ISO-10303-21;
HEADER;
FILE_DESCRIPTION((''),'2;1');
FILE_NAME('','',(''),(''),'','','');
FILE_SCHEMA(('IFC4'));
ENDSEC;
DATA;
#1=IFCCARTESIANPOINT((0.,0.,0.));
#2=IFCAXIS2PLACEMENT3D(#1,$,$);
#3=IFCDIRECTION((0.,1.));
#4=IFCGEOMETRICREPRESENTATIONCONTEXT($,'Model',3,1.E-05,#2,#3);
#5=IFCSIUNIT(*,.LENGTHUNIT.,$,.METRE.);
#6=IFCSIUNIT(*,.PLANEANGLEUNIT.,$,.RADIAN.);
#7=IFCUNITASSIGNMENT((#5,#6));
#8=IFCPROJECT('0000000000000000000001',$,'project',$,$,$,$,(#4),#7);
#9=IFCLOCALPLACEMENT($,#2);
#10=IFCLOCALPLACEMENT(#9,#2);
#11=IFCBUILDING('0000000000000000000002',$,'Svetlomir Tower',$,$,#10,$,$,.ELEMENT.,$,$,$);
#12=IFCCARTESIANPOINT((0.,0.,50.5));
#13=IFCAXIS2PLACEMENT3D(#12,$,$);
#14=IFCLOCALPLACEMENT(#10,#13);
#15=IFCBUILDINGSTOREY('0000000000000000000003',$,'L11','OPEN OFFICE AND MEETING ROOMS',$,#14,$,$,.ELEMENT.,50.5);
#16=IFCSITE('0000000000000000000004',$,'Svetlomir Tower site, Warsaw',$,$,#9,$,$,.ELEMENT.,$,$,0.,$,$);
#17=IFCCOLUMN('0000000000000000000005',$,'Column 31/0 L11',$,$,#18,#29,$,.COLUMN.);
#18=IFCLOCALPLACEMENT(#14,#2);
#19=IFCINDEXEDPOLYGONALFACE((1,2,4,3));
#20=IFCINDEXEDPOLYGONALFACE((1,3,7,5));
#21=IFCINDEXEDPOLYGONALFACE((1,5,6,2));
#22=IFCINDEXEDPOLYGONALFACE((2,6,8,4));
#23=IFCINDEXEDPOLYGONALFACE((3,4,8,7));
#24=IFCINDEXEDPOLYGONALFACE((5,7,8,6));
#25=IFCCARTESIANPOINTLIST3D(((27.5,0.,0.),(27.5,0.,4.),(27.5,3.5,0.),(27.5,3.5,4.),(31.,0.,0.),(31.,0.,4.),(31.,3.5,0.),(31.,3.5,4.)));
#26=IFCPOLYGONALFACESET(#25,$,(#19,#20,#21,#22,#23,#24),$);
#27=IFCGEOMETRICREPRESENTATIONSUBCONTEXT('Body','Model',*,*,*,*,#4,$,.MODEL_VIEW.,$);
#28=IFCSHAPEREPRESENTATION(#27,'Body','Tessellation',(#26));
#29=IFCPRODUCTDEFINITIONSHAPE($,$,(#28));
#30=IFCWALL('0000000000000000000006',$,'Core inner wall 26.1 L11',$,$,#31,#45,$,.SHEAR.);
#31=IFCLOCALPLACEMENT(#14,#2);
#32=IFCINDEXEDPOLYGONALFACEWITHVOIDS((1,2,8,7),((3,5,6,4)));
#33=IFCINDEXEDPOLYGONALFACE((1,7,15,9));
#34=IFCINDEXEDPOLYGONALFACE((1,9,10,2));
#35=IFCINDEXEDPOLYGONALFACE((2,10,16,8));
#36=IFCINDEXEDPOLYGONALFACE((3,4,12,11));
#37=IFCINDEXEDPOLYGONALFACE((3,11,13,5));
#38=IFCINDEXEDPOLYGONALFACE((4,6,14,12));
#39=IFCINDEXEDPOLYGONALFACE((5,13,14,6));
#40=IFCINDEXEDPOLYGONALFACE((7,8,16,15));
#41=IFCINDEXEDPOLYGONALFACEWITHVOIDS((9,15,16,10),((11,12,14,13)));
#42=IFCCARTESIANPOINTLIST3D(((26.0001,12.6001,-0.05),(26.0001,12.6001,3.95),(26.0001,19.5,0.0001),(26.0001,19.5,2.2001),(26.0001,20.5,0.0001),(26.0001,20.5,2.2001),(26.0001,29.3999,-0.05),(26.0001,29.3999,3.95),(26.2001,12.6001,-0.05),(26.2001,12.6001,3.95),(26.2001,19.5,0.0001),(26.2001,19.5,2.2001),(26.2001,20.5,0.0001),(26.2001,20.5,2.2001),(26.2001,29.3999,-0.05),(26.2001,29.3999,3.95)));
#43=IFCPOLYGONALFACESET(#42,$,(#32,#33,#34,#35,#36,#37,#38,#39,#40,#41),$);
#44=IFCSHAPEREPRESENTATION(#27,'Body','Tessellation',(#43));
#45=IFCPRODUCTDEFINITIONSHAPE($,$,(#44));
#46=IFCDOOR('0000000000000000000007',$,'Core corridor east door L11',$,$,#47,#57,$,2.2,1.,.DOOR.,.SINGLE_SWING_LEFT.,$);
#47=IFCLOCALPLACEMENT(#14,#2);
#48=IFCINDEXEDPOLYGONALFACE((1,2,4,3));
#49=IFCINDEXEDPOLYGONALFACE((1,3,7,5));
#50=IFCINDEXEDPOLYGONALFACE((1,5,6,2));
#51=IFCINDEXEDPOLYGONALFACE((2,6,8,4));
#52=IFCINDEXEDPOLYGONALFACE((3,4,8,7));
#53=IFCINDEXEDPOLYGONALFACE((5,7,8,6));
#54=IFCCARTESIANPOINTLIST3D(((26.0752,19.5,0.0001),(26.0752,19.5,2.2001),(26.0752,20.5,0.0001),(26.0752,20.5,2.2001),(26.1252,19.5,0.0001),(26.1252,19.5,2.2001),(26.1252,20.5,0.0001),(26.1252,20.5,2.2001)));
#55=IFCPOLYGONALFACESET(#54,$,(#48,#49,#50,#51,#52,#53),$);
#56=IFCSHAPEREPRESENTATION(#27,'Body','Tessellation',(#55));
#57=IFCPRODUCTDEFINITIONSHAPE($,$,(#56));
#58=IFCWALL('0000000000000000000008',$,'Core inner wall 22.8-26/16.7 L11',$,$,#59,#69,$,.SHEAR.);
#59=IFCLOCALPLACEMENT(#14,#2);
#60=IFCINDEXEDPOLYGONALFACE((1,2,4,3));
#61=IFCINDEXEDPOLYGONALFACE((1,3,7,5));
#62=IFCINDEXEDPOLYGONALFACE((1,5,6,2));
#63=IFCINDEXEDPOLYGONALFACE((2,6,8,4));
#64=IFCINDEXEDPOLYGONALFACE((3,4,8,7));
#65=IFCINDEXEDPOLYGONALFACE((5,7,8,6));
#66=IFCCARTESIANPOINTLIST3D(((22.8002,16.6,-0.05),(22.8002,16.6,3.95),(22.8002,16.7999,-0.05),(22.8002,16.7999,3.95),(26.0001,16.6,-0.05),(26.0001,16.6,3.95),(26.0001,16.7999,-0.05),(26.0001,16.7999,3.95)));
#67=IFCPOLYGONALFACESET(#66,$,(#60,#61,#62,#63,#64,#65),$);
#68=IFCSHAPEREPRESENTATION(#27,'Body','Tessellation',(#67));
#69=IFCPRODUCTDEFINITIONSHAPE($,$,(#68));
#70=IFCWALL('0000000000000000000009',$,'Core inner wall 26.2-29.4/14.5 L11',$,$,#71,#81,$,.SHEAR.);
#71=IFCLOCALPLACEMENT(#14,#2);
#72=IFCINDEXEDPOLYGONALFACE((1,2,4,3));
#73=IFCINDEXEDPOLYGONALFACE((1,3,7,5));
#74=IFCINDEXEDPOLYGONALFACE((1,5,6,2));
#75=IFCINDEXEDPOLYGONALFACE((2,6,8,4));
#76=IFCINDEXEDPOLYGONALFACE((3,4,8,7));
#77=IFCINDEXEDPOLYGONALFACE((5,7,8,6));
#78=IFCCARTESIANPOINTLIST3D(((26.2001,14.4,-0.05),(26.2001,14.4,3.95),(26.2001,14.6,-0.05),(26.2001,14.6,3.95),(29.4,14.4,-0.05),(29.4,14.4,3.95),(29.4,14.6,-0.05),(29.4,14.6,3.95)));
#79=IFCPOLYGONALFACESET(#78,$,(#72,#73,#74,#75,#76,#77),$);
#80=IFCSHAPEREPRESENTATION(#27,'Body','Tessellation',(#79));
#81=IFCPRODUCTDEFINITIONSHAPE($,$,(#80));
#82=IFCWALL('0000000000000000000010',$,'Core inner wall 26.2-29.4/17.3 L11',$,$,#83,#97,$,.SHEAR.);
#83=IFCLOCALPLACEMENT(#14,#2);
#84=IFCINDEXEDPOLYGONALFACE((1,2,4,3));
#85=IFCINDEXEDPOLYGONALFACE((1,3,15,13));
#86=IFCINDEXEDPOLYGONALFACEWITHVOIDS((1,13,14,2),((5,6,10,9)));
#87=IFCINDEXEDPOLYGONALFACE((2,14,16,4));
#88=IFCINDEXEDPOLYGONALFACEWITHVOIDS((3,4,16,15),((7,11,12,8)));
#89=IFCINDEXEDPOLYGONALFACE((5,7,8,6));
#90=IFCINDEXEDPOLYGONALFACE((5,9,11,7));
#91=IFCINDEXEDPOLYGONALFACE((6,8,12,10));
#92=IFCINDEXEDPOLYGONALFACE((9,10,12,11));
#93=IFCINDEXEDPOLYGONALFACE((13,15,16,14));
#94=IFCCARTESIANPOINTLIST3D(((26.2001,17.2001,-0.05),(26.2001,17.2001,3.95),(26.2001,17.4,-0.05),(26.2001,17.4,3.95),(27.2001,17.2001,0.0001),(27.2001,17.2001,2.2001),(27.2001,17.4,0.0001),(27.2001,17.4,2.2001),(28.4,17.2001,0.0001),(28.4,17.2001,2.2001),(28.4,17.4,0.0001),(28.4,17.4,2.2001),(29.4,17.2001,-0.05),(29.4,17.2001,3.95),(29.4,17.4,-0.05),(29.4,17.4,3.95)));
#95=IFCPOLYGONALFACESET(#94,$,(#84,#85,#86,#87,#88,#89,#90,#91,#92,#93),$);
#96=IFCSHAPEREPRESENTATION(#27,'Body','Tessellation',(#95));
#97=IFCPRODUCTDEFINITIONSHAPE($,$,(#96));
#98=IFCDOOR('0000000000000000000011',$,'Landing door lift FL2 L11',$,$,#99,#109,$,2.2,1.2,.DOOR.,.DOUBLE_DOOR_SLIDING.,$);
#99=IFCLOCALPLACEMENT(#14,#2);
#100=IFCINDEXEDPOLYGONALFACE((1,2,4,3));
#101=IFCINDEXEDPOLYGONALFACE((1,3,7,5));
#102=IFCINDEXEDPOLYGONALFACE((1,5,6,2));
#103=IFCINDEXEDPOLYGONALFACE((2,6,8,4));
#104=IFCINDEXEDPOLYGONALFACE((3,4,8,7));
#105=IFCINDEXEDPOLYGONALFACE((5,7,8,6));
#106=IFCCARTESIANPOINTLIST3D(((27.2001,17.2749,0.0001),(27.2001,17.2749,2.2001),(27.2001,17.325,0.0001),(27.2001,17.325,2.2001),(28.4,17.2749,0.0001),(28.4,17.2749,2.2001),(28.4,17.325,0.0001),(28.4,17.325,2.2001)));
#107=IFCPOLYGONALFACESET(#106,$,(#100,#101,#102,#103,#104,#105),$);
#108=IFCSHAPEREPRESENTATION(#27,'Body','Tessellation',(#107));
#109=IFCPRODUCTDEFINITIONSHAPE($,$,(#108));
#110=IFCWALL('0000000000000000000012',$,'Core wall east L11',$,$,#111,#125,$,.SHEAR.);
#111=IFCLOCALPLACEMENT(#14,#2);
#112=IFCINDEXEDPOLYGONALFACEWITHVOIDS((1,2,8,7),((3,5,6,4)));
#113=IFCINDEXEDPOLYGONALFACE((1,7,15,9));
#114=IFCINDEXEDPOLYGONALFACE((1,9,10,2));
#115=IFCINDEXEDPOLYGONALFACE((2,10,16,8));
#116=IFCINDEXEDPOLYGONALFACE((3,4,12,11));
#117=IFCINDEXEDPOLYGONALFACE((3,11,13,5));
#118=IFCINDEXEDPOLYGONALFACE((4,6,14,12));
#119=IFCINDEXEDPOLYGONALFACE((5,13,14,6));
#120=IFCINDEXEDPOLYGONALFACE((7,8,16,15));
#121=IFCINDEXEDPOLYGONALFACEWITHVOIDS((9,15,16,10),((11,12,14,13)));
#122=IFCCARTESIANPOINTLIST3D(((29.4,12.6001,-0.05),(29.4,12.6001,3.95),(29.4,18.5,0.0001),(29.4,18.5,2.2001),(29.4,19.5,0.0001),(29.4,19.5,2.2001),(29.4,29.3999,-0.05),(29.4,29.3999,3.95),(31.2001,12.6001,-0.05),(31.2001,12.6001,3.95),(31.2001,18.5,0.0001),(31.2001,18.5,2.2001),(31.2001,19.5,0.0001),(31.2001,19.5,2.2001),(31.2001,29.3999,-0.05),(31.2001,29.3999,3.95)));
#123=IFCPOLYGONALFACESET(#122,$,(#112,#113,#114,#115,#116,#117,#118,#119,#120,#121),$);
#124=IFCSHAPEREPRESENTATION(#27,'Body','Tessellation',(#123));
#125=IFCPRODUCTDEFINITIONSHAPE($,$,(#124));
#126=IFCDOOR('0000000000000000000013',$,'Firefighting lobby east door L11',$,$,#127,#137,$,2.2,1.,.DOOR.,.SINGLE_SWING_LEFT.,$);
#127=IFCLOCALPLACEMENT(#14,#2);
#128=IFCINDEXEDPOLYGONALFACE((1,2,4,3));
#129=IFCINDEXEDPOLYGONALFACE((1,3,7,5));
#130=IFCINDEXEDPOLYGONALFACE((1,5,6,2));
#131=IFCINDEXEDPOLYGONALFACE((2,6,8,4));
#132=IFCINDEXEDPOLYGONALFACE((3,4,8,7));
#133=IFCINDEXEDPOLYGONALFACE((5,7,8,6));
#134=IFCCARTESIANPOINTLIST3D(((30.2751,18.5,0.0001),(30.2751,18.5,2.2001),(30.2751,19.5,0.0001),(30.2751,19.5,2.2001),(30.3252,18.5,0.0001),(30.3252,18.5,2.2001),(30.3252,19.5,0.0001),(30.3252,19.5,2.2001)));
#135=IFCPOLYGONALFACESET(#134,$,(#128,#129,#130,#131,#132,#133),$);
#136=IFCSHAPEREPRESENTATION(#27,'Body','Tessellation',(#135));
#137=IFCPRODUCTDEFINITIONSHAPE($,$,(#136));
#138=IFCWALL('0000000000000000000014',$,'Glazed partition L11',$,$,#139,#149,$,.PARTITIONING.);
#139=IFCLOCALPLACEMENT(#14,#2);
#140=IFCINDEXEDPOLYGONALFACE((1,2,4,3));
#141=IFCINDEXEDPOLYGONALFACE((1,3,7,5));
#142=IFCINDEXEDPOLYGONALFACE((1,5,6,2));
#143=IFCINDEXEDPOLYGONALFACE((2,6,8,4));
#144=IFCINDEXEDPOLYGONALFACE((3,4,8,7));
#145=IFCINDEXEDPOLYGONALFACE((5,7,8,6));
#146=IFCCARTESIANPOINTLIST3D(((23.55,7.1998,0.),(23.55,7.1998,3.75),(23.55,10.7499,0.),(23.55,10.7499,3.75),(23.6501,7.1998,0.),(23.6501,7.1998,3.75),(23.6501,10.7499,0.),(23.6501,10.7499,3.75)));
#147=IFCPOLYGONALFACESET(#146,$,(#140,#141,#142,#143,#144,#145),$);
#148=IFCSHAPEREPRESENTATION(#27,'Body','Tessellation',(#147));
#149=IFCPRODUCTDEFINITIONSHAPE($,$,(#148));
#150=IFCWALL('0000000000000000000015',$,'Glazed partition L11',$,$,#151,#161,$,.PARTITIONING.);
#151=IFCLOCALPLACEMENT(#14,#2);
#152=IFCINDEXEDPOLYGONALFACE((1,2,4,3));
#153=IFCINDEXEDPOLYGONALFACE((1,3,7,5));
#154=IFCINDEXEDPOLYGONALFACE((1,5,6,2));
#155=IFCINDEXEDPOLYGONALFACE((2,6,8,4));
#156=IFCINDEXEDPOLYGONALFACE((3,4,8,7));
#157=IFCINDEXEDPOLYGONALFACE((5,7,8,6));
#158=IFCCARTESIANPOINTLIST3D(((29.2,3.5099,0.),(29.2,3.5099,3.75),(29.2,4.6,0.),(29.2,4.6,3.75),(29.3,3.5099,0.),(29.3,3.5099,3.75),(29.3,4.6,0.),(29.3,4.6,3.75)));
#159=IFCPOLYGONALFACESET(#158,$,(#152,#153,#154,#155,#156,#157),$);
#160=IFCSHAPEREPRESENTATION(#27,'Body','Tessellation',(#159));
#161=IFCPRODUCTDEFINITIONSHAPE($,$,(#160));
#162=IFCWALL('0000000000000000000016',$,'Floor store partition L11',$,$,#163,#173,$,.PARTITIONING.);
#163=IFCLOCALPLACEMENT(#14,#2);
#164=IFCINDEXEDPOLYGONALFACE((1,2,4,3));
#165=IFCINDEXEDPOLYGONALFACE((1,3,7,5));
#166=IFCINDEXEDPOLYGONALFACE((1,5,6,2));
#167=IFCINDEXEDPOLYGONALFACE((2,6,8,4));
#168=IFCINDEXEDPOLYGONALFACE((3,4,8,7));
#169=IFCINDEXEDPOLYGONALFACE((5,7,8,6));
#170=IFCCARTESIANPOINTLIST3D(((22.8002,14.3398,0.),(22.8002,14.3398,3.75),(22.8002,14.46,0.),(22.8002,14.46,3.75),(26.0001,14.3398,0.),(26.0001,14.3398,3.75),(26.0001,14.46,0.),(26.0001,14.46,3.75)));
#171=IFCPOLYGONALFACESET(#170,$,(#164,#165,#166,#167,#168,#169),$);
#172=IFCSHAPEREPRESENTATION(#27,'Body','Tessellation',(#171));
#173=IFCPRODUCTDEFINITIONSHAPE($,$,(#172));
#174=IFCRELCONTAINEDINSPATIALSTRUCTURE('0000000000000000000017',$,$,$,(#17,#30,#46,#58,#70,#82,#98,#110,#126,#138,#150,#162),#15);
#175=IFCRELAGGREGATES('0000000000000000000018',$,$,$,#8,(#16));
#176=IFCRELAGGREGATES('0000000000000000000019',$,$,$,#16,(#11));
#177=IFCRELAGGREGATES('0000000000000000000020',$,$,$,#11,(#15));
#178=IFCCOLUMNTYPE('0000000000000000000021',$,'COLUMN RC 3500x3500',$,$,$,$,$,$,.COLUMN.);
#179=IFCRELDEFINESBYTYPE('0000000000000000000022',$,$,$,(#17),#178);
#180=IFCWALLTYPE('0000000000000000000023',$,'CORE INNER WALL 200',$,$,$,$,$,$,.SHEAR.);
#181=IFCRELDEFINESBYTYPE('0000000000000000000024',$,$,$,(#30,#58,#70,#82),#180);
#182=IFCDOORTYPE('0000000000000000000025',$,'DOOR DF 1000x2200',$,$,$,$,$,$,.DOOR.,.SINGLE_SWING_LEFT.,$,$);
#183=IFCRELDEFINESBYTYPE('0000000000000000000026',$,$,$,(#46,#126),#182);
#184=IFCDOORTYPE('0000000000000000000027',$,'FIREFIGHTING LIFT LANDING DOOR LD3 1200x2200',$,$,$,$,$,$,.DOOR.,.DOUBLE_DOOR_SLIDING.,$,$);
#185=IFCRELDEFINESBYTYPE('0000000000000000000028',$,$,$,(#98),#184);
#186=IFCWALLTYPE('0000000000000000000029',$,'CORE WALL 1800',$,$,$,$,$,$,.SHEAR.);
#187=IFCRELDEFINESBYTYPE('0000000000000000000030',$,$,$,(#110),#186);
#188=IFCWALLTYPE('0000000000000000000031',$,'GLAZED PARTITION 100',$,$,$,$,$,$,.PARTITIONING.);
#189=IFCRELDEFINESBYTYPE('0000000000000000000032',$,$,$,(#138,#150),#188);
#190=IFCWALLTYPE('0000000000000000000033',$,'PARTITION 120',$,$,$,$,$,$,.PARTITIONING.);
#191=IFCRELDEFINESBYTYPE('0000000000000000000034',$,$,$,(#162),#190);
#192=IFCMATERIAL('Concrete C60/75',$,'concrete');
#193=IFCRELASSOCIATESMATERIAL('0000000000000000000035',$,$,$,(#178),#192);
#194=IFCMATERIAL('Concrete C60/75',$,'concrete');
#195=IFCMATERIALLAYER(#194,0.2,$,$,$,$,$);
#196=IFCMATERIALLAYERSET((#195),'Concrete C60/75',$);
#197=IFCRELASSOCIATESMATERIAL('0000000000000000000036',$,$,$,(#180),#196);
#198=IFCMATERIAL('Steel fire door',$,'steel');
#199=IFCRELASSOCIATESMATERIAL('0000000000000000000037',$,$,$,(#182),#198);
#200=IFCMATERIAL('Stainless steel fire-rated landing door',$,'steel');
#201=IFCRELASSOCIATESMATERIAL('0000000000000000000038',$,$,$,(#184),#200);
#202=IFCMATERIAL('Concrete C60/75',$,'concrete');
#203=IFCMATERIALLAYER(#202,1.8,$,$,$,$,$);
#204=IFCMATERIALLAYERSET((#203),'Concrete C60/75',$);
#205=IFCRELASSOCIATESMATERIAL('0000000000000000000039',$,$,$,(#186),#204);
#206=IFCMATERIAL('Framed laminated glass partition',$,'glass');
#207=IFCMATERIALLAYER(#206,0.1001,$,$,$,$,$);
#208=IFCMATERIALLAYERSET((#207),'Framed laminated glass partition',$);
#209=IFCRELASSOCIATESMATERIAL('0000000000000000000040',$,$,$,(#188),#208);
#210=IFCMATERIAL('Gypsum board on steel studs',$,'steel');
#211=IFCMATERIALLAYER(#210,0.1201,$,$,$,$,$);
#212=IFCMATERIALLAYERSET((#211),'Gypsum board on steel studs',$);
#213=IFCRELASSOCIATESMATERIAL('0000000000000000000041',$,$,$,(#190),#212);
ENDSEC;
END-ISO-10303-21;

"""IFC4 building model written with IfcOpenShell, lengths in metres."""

from ifc_helpers import new_model, si_unit, direction, frame, frame_2d, origin, origin_2d, place, context, subcontext, project, spatial, rectangle, extrude, material, layer, layer_set, material_profile, profile_set, type_object, element, fill, save


model = new_model("IFC4")

# Units and contexts
model_context = context("Model", 3, precision=1e-05, world=origin(), true_north=direction((0.0, 1.0)))
body_context = subcontext(model_context, "Body", "Model", "MODEL_VIEW")
ifc_project = project(units=[si_unit("LENGTHUNIT", "METRE"), si_unit("PLANEANGLEUNIT", "RADIAN")], contexts=[model_context])

# Site, building, storey
site_placement = place(None, origin())
site = spatial("IfcSite", under=ifc_project, at=site_placement, Name="Svetlomir Tower site, Warsaw", CompositionType="ELEMENT", RefElevation=0.0)
building_placement = place(site_placement, origin())
building = spatial("IfcBuilding", under=site, at=building_placement, Name="Svetlomir Tower", CompositionType="ELEMENT")
storey_placement = place(building_placement, frame((0.0, 0.0, 50.5)))
storey = spatial("IfcBuildingStorey", under=building, at=storey_placement, Name="L11", Description="OPEN OFFICE AND MEETING ROOMS", CompositionType="ELEMENT", Elevation=50.5)

# Column
ifc_material_1 = material(Name="Concrete C60/75", Category="concrete")
ifc_material_profile = material_profile(ifc_material_1, rectangle(XDim=3.5, YDim=3.5, at=origin_2d()), Name="RC 3500x3500")
ifc_profile_set = profile_set([ifc_material_profile], Name="Concrete C60/75")
column_type = type_object("IfcColumnType", Name="COLUMN RC 3500x3500", PredefinedType="COLUMN", material=ifc_profile_set)
column_placement = place(storey_placement, frame((29.25, 1.75, 0.0), z_axis=(0.0, 0.0, 1.0), x_axis=(1.0, 0.0, 0.0)))
element("IfcColumn", 1, at=column_placement, inside=storey, type_object=column_type, Name="Column 31/0 L11", PredefinedType="COLUMN", context=body_context, shape_type="SweptSolid", body=[
    extrude(rectangle(XDim=3.5, YDim=3.5, at=origin_2d()), origin(), (0.0, 0.0, 1.0), 4.0),
])

# Wall, opening, door
ifc_material_2 = material(Name="Concrete C60/75", Category="concrete")
ifc_layer_1 = layer(ifc_material_2, 0.2)
ifc_layer_set_1 = layer_set([ifc_layer_1], Name="Concrete C60/75")
wall_type_1 = type_object("IfcWallType", Name="CORE INNER WALL 200", PredefinedType="SHEAR", material=ifc_layer_set_1)
wall_1_placement = place(storey_placement, frame((26.1001, 12.6001, -0.05), z_axis=(0.0, 0.0, 1.0), x_axis=(0.0, 1.0, 0.0)))
wall_1 = element("IfcWall", 2, at=wall_1_placement, inside=storey, type_object=wall_type_1, Name="Core inner wall 26.1 L11", PredefinedType="SHEAR", context=body_context, shape_type="SweptSolid", body=[
    extrude(rectangle(XDim=16.7998, YDim=0.2, at=frame_2d((8.3999, 0.0))), origin(), (0.0, 0.0, 1.0), 4.0),
])
opening_1_placement = place(wall_1_placement, frame((6.8999, 0.0, 0.05)))
opening_1 = element("IfcOpeningElement", 3, at=opening_1_placement, cuts=wall_1, PredefinedType="OPENING", context=body_context, shape_type="SweptSolid", body=[
    extrude(rectangle(XDim=1.0, YDim=2.2, at=frame_2d((0.5, 1.1001))), frame((0.0, 0.1099, 0.0), z_axis=(0.0, -1.0, 0.0), x_axis=(1.0, 0.0, 0.0)), (0.0, 0.0, 1.0), 0.22),
])
ifc_material_3 = material(Name="Steel fire door", Category="steel")
door_type_1 = type_object("IfcDoorType", Name="DOOR DF 1000x2200", OperationType="SINGLE_SWING_LEFT", PredefinedType="DOOR", material=ifc_material_3)
door_1_placement = place(opening_1_placement, origin())
door_1 = element("IfcDoor", 4, at=door_1_placement, inside=storey, type_object=door_type_1, Name="Core corridor east door L11", OperationType="SINGLE_SWING_LEFT", OverallHeight=2.2, OverallWidth=1.0, PredefinedType="DOOR", context=body_context, shape_type="SweptSolid", body=[
    extrude(rectangle(XDim=1.0, YDim=2.2, at=frame_2d((0.5, 1.1001))), frame((0.0, 0.0249, 0.0), z_axis=(0.0, -1.0, 0.0), x_axis=(1.0, 0.0, 0.0)), (0.0, 0.0, 1.0), 0.05),
])
fill(opening_1, door_1)

# Walls
for number, where, z_axis, x_axis, name in (
    (5, (22.8, 16.7, -0.05), (0.0, 0.0, 1.0), (1.0, 0.0, 0.0), "Core inner wall 22.8-26/16.7 L11"),
    (6, (26.2, 14.5, -0.05), (0.0, 0.0, 1.0), (1.0, 0.0, 0.0), "Core inner wall 26.2-29.4/14.5 L11"),
):
    element("IfcWall", number, at=place(storey_placement, frame(where, z_axis=z_axis, x_axis=x_axis)), inside=storey, type_object=wall_type_1, Name=name, PredefinedType="SHEAR", context=body_context, shape_type="SweptSolid", body=[
        extrude(rectangle(XDim=3.2, YDim=0.2, at=frame_2d((1.6001, 0.0))), origin(), (0.0, 0.0, 1.0), 4.0),
    ])

# Walls, openings, doors
wall_2_placement = place(storey_placement, frame((26.2, 17.3, -0.05), z_axis=(0.0, 0.0, 1.0), x_axis=(1.0, 0.0, 0.0)))
wall_2 = element("IfcWall", 7, at=wall_2_placement, inside=storey, type_object=wall_type_1, Name="Core inner wall 26.2-29.4/17.3 L11", PredefinedType="SHEAR", context=body_context, shape_type="SweptSolid", body=[
    extrude(rectangle(XDim=3.2, YDim=0.2, at=frame_2d((1.6001, 0.0))), origin(), (0.0, 0.0, 1.0), 4.0),
])
opening_2_placement = place(wall_2_placement, frame((1.0, 0.0, 0.05)))
opening_2 = element("IfcOpeningElement", 8, at=opening_2_placement, cuts=wall_2, PredefinedType="OPENING", context=body_context, shape_type="SweptSolid", body=[
    extrude(rectangle(XDim=1.2, YDim=2.2, at=frame_2d((0.6001, 1.1001))), frame((0.0, 0.1099, 0.0), z_axis=(0.0, -1.0, 0.0), x_axis=(1.0, 0.0, 0.0)), (0.0, 0.0, 1.0), 0.22),
])
ifc_material_4 = material(Name="Stainless steel fire-rated landing door", Category="steel")
door_type_2 = type_object("IfcDoorType", Name="FIREFIGHTING LIFT LANDING DOOR LD3 1200x2200", OperationType="DOUBLE_DOOR_SLIDING", PredefinedType="DOOR", material=ifc_material_4)
door_2_placement = place(opening_2_placement, origin())
door_2 = element("IfcDoor", 9, at=door_2_placement, inside=storey, type_object=door_type_2, Name="Landing door lift FL2 L11", OperationType="DOUBLE_DOOR_SLIDING", OverallHeight=2.2, OverallWidth=1.2, PredefinedType="DOOR", context=body_context, shape_type="SweptSolid", body=[
    extrude(rectangle(XDim=1.2, YDim=2.2, at=frame_2d((0.6001, 1.1001))), frame((0.0, 0.0249, 0.0), z_axis=(0.0, -1.0, 0.0), x_axis=(1.0, 0.0, 0.0)), (0.0, 0.0, 1.0), 0.05),
])
fill(opening_2, door_2)
ifc_material_5 = material(Name="Concrete C60/75", Category="concrete")
ifc_layer_2 = layer(ifc_material_5, 1.8)
ifc_layer_set_2 = layer_set([ifc_layer_2], Name="Concrete C60/75")
wall_type_2 = type_object("IfcWallType", Name="CORE WALL 1800", PredefinedType="SHEAR", material=ifc_layer_set_2)
wall_3_placement = place(storey_placement, frame((30.3, 12.6001, -0.05), z_axis=(0.0, 0.0, 1.0), x_axis=(0.0, 1.0, 0.0)))
wall_3 = element("IfcWall", 10, at=wall_3_placement, inside=storey, type_object=wall_type_2, Name="Core wall east L11", PredefinedType="SHEAR", context=body_context, shape_type="SweptSolid", body=[
    extrude(rectangle(XDim=16.7998, YDim=1.8, at=frame_2d((8.3999, 0.0))), origin(), (0.0, 0.0, 1.0), 4.0),
])
opening_3_placement = place(wall_3_placement, frame((5.8999, 0.0, 0.05)))
opening_3 = element("IfcOpeningElement", 11, at=opening_3_placement, cuts=wall_3, PredefinedType="OPENING", context=body_context, shape_type="SweptSolid", body=[
    extrude(rectangle(XDim=1.0, YDim=2.2, at=frame_2d((0.5, 1.1001))), frame((0.0, 0.9102, 0.0), z_axis=(0.0, -1.0, 0.0), x_axis=(1.0, 0.0, 0.0)), (0.0, 0.0, 1.0), 1.8201),
])
door_3_placement = place(opening_3_placement, origin())
door_3 = element("IfcDoor", 12, at=door_3_placement, inside=storey, type_object=door_type_1, Name="Firefighting lobby east door L11", OperationType="SINGLE_SWING_LEFT", OverallHeight=2.2, OverallWidth=1.0, PredefinedType="DOOR", context=body_context, shape_type="SweptSolid", body=[
    extrude(rectangle(XDim=1.0, YDim=2.2, at=frame_2d((0.5, 1.1001))), frame((0.0, 0.0249, 0.0), z_axis=(0.0, -1.0, 0.0), x_axis=(1.0, 0.0, 0.0)), (0.0, 0.0, 1.0), 0.05),
])
fill(opening_3, door_3)

# Walls
ifc_material_6 = material(Name="Framed laminated glass partition", Category="glass")
ifc_layer_3 = layer(ifc_material_6, 0.1001)
ifc_layer_set_3 = layer_set([ifc_layer_3], Name="Framed laminated glass partition")
wall_type_3 = type_object("IfcWallType", Name="GLAZED PARTITION 100", PredefinedType="PARTITIONING", material=ifc_layer_set_3)
wall_4_placement = place(storey_placement, frame((23.6001, 7.2, 0.0), z_axis=(0.0, 0.0, 1.0), x_axis=(0.0, 1.0, 0.0)))
element("IfcWall", 13, at=wall_4_placement, inside=storey, type_object=wall_type_3, Name="Glazed partition L11", PredefinedType="PARTITIONING", context=body_context, shape_type="SweptSolid", body=[
    extrude(rectangle(XDim=3.55, YDim=0.1001, at=frame_2d((1.7749, 0.0))), origin(), (0.0, 0.0, 1.0), 3.75),
])
wall_5_placement = place(storey_placement, frame((29.25, 3.51, 0.0), z_axis=(0.0, 0.0, 1.0), x_axis=(0.0, 1.0, 0.0)))
element("IfcWall", 14, at=wall_5_placement, inside=storey, type_object=wall_type_3, Name="Glazed partition L11", PredefinedType="PARTITIONING", context=body_context, shape_type="SweptSolid", body=[
    extrude(rectangle(XDim=1.0901, YDim=0.1001, at=frame_2d((0.5449, 0.0))), origin(), (0.0, 0.0, 1.0), 3.75),
])
ifc_material_7 = material(Name="Gypsum board on steel studs", Category="steel")
ifc_layer_4 = layer(ifc_material_7, 0.1201)
ifc_layer_set_4 = layer_set([ifc_layer_4], Name="Gypsum board on steel studs")
wall_type_4 = type_object("IfcWallType", Name="PARTITION 120", PredefinedType="PARTITIONING", material=ifc_layer_set_4)
wall_6_placement = place(storey_placement, frame((22.8, 14.3999, 0.0), z_axis=(0.0, 0.0, 1.0), x_axis=(1.0, 0.0, 0.0)))
element("IfcWall", 15, at=wall_6_placement, inside=storey, type_object=wall_type_4, Name="Floor store partition L11", PredefinedType="PARTITIONING", context=body_context, shape_type="SweptSolid", body=[
    extrude(rectangle(XDim=3.2, YDim=0.1201, at=frame_2d((1.6001, 0.0))), origin(), (0.0, 0.0, 1.0), 3.75),
])

save(model, "model.ifc")
